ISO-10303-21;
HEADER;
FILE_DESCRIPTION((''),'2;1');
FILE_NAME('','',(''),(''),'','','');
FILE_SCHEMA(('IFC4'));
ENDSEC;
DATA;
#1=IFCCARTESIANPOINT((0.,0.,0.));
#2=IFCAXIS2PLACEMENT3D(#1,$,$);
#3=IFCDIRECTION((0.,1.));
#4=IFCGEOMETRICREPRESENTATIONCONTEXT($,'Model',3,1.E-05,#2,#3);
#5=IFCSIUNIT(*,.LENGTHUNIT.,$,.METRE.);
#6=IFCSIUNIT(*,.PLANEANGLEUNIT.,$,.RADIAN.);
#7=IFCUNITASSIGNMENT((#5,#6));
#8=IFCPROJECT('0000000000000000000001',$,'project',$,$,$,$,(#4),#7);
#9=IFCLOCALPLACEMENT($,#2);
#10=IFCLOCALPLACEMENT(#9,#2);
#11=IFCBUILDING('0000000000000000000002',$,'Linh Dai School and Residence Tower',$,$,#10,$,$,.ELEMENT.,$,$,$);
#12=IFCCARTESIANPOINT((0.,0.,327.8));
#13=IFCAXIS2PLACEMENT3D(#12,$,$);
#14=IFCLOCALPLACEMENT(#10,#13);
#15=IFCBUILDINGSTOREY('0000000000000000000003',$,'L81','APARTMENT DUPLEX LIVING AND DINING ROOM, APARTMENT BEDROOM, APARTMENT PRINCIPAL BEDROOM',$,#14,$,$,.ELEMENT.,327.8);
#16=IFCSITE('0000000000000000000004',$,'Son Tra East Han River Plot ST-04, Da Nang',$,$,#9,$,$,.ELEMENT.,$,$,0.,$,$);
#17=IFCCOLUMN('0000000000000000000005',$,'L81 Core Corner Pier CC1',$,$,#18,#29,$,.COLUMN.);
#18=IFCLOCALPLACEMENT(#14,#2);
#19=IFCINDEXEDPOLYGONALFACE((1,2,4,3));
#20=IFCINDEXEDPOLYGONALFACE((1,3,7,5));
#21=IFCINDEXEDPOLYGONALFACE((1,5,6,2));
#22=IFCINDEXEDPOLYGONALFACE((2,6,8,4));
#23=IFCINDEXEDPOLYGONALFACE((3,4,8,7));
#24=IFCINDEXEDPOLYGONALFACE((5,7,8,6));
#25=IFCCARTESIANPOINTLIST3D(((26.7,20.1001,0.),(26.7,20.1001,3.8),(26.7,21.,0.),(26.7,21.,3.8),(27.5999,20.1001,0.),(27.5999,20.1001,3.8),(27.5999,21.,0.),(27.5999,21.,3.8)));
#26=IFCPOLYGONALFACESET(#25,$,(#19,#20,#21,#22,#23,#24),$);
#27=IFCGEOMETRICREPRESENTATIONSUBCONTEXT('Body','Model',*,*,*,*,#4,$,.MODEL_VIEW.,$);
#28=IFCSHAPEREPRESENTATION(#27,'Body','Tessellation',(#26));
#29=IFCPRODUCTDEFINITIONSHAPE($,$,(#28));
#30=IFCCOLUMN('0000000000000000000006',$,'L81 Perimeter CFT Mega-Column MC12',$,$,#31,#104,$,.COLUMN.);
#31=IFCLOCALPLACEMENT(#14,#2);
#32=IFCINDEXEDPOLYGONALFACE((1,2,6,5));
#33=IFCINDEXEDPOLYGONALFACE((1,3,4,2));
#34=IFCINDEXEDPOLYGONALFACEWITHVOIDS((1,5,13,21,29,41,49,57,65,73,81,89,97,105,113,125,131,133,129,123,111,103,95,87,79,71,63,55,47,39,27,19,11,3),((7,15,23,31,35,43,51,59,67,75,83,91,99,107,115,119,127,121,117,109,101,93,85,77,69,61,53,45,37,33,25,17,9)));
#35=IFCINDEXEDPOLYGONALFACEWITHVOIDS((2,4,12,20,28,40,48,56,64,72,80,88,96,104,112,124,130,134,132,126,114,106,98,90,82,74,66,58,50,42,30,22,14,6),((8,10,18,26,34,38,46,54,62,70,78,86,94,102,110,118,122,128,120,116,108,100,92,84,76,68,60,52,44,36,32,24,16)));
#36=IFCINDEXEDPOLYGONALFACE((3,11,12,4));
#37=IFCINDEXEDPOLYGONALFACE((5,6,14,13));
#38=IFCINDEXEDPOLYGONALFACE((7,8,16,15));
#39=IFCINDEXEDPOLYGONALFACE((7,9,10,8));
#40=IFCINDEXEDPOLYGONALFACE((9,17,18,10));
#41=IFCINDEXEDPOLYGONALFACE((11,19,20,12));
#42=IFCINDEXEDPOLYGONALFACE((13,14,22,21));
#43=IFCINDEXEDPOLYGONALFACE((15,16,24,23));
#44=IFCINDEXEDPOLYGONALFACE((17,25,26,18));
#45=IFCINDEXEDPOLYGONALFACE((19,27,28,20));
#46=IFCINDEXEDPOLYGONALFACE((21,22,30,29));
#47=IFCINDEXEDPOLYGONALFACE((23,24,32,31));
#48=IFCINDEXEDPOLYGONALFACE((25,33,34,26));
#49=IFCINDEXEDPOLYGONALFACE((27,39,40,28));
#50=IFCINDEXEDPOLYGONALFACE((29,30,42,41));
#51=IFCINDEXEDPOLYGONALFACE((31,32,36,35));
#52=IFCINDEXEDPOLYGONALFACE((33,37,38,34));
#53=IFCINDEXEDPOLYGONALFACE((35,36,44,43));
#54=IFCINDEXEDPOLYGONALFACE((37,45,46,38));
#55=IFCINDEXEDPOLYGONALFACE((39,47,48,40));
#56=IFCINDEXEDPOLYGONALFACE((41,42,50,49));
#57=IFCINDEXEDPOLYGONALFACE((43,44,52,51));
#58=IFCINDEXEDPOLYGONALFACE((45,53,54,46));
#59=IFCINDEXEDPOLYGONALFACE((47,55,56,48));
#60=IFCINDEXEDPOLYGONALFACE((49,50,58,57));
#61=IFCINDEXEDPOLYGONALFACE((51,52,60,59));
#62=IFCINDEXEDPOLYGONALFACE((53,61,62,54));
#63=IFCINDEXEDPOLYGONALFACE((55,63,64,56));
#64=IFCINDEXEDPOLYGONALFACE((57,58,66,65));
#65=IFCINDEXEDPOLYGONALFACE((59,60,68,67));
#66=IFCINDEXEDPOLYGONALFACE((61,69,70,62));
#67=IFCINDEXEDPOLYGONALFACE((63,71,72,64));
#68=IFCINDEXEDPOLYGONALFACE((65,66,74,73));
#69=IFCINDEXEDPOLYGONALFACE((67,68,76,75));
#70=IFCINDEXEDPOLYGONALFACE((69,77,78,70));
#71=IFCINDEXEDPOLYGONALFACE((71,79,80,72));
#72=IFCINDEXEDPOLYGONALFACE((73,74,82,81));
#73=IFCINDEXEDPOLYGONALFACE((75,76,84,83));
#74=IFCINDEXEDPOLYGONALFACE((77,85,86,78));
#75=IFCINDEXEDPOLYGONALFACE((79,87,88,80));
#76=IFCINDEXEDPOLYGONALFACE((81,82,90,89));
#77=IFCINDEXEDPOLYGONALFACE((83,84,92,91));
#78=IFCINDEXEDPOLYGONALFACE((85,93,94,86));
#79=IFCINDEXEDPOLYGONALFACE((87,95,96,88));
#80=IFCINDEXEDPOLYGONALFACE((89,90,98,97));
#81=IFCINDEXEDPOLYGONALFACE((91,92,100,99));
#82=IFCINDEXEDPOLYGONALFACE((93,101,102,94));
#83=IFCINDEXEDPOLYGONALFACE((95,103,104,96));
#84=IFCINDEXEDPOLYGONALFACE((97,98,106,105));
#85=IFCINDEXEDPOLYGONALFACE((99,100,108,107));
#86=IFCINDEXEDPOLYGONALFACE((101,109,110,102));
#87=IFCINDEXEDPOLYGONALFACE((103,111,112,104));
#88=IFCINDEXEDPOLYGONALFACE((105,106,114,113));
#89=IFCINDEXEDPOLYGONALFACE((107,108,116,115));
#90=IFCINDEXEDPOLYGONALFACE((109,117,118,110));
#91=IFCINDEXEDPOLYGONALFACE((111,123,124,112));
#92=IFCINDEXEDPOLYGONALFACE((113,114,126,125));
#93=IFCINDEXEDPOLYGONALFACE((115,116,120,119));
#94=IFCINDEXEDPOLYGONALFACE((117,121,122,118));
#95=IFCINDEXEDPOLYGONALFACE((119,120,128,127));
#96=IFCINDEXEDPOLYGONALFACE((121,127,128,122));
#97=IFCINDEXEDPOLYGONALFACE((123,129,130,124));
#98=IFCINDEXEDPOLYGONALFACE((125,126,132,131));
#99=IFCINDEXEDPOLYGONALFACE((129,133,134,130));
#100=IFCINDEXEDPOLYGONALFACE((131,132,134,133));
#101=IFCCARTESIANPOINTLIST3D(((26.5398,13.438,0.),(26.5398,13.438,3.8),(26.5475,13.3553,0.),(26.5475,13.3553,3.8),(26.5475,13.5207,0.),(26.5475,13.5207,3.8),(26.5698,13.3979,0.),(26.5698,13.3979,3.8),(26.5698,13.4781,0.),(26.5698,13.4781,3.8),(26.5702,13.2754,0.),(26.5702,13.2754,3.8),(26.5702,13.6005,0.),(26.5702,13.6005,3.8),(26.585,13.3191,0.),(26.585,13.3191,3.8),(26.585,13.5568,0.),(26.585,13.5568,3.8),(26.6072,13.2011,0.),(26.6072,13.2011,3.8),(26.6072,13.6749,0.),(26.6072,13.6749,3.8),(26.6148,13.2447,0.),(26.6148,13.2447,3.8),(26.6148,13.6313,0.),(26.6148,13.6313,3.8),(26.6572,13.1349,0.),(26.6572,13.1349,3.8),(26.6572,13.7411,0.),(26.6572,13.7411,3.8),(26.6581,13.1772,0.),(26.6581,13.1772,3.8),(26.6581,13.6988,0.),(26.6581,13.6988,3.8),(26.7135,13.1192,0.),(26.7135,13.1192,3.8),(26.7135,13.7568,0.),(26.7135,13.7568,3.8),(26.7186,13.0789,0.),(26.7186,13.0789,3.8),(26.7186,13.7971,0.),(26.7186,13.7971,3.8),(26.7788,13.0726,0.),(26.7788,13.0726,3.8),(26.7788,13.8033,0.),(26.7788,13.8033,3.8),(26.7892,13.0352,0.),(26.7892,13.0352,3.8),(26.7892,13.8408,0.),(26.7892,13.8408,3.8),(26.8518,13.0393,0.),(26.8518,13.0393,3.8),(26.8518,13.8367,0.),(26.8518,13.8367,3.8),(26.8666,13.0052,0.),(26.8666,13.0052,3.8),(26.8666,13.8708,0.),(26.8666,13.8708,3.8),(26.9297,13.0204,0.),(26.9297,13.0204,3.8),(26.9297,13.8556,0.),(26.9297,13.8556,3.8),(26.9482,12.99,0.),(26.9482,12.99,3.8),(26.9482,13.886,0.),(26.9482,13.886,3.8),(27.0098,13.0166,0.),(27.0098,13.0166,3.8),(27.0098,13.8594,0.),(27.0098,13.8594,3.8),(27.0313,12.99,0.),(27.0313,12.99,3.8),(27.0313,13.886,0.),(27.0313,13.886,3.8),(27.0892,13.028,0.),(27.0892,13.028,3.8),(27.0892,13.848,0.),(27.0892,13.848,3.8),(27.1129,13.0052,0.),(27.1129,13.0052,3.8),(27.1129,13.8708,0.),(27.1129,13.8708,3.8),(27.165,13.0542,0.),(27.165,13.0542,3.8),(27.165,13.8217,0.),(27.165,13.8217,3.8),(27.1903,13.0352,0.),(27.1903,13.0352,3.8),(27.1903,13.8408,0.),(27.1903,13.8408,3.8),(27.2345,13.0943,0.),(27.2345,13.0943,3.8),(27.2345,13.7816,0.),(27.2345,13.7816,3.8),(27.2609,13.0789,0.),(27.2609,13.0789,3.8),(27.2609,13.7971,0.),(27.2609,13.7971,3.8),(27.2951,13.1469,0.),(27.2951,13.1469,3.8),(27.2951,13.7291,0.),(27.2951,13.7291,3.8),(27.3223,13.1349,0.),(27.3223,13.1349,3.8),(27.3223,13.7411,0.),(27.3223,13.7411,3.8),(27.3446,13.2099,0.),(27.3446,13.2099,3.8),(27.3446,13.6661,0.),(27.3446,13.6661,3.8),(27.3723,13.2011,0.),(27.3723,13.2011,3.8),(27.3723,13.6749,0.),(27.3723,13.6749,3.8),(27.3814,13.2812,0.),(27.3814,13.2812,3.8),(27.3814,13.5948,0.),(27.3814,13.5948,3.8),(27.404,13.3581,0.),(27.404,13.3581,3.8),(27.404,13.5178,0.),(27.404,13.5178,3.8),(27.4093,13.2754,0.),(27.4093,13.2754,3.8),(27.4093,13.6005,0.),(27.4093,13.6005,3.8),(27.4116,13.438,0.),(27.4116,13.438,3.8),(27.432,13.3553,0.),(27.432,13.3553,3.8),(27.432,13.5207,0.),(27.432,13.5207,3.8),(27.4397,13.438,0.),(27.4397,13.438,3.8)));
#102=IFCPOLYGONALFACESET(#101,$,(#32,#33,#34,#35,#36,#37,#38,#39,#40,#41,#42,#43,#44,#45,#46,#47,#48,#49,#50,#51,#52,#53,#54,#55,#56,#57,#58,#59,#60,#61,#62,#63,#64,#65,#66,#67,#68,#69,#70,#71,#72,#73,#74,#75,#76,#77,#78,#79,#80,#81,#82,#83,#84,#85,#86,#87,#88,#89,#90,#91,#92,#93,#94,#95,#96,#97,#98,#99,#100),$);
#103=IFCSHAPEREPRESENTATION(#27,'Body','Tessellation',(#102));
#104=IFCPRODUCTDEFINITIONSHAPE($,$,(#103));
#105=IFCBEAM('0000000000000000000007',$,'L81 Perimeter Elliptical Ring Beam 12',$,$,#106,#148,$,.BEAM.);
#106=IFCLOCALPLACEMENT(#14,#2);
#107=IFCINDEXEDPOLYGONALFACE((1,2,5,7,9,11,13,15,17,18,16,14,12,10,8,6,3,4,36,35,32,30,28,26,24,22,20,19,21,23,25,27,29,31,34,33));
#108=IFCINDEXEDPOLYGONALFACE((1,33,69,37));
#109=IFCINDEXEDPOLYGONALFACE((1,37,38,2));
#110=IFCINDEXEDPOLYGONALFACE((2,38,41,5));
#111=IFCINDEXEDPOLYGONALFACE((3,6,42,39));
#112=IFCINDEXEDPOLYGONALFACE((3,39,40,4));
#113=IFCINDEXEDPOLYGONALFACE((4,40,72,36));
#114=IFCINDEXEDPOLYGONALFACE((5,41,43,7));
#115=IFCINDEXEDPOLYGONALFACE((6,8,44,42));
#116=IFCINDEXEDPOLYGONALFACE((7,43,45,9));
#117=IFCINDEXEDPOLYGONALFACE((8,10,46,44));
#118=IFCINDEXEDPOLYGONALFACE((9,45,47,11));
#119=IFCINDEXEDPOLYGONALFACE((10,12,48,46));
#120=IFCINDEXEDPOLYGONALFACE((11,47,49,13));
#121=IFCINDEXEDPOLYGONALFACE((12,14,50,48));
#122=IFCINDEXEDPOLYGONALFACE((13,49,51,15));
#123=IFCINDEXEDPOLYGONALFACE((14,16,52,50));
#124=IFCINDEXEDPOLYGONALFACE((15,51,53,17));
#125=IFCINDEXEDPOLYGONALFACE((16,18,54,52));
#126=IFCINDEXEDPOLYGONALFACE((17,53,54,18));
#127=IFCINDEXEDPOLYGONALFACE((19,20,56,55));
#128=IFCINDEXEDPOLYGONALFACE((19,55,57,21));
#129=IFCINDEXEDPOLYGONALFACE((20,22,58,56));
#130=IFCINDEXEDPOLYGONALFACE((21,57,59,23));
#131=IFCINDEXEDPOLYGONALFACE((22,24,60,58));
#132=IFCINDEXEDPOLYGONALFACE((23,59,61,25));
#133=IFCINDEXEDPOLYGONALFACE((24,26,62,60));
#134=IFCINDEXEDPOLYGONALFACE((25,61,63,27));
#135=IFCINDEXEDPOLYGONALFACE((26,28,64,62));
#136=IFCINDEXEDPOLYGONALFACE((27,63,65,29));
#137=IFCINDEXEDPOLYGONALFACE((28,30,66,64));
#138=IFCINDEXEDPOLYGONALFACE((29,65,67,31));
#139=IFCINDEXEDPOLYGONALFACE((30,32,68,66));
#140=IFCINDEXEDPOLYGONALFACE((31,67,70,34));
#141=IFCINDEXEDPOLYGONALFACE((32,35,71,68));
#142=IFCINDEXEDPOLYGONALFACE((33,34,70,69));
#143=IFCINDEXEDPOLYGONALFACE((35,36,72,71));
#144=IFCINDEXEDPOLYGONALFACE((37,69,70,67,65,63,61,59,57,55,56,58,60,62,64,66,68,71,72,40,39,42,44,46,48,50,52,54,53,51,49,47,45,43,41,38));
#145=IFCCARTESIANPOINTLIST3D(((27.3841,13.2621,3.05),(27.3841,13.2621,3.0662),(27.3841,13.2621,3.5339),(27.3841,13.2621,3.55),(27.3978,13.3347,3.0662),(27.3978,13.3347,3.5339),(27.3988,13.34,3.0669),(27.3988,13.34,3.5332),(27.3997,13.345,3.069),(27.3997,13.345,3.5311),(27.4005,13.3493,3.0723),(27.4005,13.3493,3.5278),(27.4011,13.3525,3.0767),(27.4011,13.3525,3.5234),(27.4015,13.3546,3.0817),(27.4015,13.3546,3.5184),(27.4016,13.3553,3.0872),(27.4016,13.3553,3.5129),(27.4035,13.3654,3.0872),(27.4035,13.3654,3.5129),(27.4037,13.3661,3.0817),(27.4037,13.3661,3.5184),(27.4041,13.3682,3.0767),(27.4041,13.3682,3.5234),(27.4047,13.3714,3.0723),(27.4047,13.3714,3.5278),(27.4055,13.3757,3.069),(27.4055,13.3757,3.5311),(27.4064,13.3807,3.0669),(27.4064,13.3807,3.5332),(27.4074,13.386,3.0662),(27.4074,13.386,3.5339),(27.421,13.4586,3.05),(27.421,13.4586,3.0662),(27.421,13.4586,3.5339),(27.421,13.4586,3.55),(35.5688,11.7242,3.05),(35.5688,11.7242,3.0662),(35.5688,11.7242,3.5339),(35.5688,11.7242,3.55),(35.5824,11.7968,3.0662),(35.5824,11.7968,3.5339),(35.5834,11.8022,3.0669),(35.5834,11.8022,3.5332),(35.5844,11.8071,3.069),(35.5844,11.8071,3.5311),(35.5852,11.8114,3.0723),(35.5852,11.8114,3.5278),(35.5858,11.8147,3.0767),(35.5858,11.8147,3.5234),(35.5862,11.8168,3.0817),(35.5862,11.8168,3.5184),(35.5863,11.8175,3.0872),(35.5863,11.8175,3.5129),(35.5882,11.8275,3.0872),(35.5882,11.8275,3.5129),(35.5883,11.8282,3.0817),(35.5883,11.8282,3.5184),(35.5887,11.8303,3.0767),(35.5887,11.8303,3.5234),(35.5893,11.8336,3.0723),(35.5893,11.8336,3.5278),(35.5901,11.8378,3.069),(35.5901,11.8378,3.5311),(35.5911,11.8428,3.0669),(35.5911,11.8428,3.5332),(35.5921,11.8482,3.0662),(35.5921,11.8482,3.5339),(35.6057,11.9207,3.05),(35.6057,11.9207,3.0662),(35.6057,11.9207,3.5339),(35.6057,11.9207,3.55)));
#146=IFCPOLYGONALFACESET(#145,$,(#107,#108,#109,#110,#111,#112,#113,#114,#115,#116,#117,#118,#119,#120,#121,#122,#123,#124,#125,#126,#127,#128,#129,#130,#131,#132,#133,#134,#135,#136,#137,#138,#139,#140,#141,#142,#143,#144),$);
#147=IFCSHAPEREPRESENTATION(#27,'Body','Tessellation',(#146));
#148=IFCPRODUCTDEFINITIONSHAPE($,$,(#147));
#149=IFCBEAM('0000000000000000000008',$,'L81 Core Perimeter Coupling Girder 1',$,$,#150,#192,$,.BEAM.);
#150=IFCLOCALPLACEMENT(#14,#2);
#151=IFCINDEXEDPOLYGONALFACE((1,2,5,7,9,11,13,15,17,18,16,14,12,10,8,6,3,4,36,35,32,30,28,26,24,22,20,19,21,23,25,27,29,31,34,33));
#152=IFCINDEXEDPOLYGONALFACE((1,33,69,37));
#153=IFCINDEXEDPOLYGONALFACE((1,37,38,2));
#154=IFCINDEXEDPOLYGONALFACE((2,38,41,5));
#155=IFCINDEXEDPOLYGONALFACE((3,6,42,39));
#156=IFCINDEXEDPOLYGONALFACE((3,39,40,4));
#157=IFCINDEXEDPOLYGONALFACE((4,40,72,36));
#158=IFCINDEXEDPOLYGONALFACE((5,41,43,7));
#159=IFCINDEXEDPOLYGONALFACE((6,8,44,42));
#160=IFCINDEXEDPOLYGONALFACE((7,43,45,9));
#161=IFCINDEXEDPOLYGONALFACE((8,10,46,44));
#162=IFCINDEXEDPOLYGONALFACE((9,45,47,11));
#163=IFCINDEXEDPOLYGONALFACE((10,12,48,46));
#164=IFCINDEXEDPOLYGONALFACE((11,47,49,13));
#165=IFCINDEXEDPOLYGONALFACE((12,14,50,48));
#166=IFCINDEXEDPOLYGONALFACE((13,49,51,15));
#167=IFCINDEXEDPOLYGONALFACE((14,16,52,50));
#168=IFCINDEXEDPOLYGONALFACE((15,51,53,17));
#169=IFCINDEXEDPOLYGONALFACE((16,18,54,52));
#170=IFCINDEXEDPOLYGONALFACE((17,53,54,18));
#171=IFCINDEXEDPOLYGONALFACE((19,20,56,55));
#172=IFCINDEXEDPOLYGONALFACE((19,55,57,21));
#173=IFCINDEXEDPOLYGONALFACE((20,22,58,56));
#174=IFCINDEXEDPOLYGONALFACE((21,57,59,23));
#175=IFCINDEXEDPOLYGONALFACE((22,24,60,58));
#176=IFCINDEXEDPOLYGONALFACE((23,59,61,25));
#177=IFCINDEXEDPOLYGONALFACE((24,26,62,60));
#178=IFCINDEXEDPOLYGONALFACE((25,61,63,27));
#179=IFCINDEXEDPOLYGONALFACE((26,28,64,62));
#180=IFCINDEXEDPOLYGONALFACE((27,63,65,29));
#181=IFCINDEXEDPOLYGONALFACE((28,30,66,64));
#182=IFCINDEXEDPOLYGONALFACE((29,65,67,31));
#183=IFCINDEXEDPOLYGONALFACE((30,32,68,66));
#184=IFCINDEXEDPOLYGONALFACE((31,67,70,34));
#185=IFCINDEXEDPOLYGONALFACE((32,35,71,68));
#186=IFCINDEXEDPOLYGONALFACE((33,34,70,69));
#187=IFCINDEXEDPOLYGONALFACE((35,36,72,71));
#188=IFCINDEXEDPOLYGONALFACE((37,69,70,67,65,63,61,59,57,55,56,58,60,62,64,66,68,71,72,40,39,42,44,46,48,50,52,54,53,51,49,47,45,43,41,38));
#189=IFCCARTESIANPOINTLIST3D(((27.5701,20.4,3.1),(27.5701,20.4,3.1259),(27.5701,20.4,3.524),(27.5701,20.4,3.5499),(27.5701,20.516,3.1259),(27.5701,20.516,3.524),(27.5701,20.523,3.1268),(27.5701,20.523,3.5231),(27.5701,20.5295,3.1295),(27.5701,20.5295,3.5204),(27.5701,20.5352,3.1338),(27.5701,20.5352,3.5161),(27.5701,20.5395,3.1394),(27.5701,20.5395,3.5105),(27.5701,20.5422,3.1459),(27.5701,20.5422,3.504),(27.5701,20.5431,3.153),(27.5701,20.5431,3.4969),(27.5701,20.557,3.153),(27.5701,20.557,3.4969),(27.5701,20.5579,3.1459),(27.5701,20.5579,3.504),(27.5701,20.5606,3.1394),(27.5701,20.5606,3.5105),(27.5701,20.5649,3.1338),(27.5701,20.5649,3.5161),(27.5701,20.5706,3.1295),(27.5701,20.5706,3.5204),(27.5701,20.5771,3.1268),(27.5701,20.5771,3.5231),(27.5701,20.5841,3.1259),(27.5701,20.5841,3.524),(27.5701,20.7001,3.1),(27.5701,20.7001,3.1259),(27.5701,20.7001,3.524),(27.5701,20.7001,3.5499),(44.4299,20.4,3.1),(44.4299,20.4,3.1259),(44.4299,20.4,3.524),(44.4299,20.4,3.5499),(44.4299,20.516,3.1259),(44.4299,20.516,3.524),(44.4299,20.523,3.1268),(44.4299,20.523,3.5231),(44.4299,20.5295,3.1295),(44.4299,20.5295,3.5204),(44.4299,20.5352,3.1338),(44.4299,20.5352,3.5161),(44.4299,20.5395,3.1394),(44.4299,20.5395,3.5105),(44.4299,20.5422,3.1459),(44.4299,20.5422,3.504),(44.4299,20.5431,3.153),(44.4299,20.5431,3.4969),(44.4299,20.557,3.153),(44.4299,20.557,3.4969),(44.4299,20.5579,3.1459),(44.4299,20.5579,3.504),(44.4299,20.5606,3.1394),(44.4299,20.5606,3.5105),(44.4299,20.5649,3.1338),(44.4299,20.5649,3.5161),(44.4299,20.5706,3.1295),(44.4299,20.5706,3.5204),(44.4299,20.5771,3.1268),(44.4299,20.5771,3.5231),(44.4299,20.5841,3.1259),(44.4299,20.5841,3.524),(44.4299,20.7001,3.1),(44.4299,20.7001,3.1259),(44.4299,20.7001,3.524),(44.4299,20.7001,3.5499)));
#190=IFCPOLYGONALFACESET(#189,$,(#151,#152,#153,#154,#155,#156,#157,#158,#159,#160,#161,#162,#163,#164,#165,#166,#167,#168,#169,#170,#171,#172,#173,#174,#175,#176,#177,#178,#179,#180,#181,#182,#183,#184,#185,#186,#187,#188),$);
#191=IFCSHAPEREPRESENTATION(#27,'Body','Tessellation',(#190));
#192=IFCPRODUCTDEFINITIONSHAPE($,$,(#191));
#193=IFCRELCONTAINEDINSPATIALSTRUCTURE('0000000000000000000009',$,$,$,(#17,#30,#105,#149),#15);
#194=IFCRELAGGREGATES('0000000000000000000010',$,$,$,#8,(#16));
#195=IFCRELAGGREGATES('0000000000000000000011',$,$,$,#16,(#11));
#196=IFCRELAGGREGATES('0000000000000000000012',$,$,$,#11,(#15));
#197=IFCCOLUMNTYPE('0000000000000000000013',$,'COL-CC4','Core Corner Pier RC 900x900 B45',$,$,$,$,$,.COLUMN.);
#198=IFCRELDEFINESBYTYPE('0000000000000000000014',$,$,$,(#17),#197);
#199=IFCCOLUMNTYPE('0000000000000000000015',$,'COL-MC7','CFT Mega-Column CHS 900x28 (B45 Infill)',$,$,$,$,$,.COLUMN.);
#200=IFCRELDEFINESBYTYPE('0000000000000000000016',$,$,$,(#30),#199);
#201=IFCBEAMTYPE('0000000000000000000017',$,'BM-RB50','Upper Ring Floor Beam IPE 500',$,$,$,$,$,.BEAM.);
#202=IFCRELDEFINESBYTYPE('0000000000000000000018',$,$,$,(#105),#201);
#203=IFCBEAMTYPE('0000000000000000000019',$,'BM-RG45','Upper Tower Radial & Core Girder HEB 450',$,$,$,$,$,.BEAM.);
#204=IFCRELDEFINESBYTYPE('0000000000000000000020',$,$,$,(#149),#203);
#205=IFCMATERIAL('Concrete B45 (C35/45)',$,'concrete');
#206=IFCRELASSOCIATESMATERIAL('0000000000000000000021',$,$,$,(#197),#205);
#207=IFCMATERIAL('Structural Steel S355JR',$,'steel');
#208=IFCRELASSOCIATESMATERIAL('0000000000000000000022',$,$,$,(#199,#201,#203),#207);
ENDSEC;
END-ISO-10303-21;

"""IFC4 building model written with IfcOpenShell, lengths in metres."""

from ifc_helpers import new_model, si_unit, direction, frame, origin, origin_2d, place, context, subcontext, project, spatial, rectangle, hollow_circle, i_section, extrude, material, material_profile, profile_set, type_object, element, save


model = new_model("IFC4")

# Units and contexts
model_context = context("Model", 3, precision=1e-05, world=origin(), true_north=direction((0.0, 1.0)))
body_context = subcontext(model_context, "Body", "Model", "MODEL_VIEW")
ifc_project = project(units=[si_unit("LENGTHUNIT", "METRE"), si_unit("PLANEANGLEUNIT", "RADIAN")], contexts=[model_context])

# Site, building, storey
site_placement = place(None, origin())
site = spatial("IfcSite", under=ifc_project, at=site_placement, Name="Son Tra East Han River Plot ST-04, Da Nang", CompositionType="ELEMENT", RefElevation=0.0)
building_placement = place(site_placement, origin())
building = spatial("IfcBuilding", under=site, at=building_placement, Name="Linh Dai School and Residence Tower", CompositionType="ELEMENT")
storey_placement = place(building_placement, frame((0.0, 0.0, 327.8)))
storey = spatial("IfcBuildingStorey", under=building, at=storey_placement, Name="L81", Description="APARTMENT DUPLEX LIVING AND DINING ROOM, APARTMENT BEDROOM, APARTMENT PRINCIPAL BEDROOM", CompositionType="ELEMENT", Elevation=327.8)

# Columns
ifc_material_1 = material(Name="Concrete B45 (C35/45)", Category="concrete")
ifc_material_profile_1 = material_profile(ifc_material_1, rectangle(XDim=0.8999, YDim=0.8999, at=origin_2d()), Name="RC 900x900")
ifc_profile_set_1 = profile_set([ifc_material_profile_1], Name="Concrete B45 (C35/45)")
column_type_1 = type_object("IfcColumnType", Name="COL-CC4", Description="Core Corner Pier RC 900x900 B45", PredefinedType="COLUMN", material=ifc_profile_set_1)
column_1_placement = place(storey_placement, frame((27.1499, 20.55, 0.0), z_axis=(0.0, 0.0, 1.0), x_axis=(1.0, 0.0, 0.0)))
element("IfcColumn", 1, at=column_1_placement, inside=storey, type_object=column_type_1, Name="L81 Core Corner Pier CC1", PredefinedType="COLUMN", context=body_context, shape_type="SweptSolid", body=[
    extrude(rectangle(XDim=0.8999, YDim=0.8999, at=origin_2d()), origin(), (0.0, 0.0, 1.0), 3.8),
])
ifc_material_2 = material(Name="Structural Steel S355JR", Category="steel")
ifc_material_profile_2 = material_profile(ifc_material_2, hollow_circle(Radius=0.45, WallThickness=0.0281, at=origin_2d()), Name="CHS 900x28")
ifc_profile_set_2 = profile_set([ifc_material_profile_2], Name="Structural Steel S355JR")
column_type_2 = type_object("IfcColumnType", Name="COL-MC7", Description="CFT Mega-Column CHS 900x28 (B45 Infill)", PredefinedType="COLUMN", material=ifc_profile_set_2)
column_2_placement = place(storey_placement, frame((26.9897, 13.438, 0.0), z_axis=(0.0, 0.0, 1.0), x_axis=(1.0, 0.0, 0.0)))
element("IfcColumn", 2, at=column_2_placement, inside=storey, type_object=column_type_2, Name="L81 Perimeter CFT Mega-Column MC12", PredefinedType="COLUMN", context=body_context, shape_type="SweptSolid", body=[
    extrude(hollow_circle(Radius=0.45, WallThickness=0.0281, at=origin_2d()), origin(), (0.0, 0.0, 1.0), 3.8),
])

# Beams
ifc_material_profile_3 = material_profile(ifc_material_2, i_section(OverallWidth=0.2, OverallDepth=0.5, WebThickness=0.0103, FlangeThickness=0.0161, FilletRadius=0.021, at=origin_2d()), Name="IPE 500")
ifc_profile_set_3 = profile_set([ifc_material_profile_3], Name="Structural Steel S355JR")
beam_type_1 = type_object("IfcBeamType", Name="BM-RB50", Description="Upper Ring Floor Beam IPE 500", PredefinedType="BEAM", material=ifc_profile_set_3)
beam_1_placement = place(storey_placement, frame((27.4026, 13.3604, 3.3), z_axis=(0.982802, -0.184664, 0.0), x_axis=(0.184664, 0.982802, 0.0)))
element("IfcBeam", 3, at=beam_1_placement, inside=storey, type_object=beam_type_1, Name="L81 Perimeter Elliptical Ring Beam 12", PredefinedType="BEAM", context=body_context, shape_type="SweptSolid", body=[
    extrude(i_section(OverallWidth=0.2, OverallDepth=0.5, WebThickness=0.0103, FlangeThickness=0.0161, FilletRadius=0.021, at=origin_2d()), origin(), (0.0, 0.0, 1.0), 8.3279),
])
ifc_material_profile_4 = material_profile(ifc_material_2, i_section(OverallWidth=0.3, OverallDepth=0.45, WebThickness=0.0139, FlangeThickness=0.0259, FilletRadius=0.0271, at=origin_2d()), Name="HEB 450")
ifc_profile_set_4 = profile_set([ifc_material_profile_4], Name="Structural Steel S355JR")
beam_type_2 = type_object("IfcBeamType", Name="BM-RG45", Description="Upper Tower Radial & Core Girder HEB 450", PredefinedType="BEAM", material=ifc_profile_set_4)
beam_2_placement = place(storey_placement, frame((27.5701, 20.55, 3.325), z_axis=(1.0, 0.0, 0.0), x_axis=(0.0, 1.0, 0.0)))
element("IfcBeam", 4, at=beam_2_placement, inside=storey, type_object=beam_type_2, Name="L81 Core Perimeter Coupling Girder 1", PredefinedType="BEAM", context=body_context, shape_type="SweptSolid", body=[
    extrude(i_section(OverallWidth=0.3, OverallDepth=0.45, WebThickness=0.0139, FlangeThickness=0.0259, FilletRadius=0.0271, at=origin_2d()), origin(), (0.0, 0.0, 1.0), 16.8599),
])

save(model, "model.ifc")
